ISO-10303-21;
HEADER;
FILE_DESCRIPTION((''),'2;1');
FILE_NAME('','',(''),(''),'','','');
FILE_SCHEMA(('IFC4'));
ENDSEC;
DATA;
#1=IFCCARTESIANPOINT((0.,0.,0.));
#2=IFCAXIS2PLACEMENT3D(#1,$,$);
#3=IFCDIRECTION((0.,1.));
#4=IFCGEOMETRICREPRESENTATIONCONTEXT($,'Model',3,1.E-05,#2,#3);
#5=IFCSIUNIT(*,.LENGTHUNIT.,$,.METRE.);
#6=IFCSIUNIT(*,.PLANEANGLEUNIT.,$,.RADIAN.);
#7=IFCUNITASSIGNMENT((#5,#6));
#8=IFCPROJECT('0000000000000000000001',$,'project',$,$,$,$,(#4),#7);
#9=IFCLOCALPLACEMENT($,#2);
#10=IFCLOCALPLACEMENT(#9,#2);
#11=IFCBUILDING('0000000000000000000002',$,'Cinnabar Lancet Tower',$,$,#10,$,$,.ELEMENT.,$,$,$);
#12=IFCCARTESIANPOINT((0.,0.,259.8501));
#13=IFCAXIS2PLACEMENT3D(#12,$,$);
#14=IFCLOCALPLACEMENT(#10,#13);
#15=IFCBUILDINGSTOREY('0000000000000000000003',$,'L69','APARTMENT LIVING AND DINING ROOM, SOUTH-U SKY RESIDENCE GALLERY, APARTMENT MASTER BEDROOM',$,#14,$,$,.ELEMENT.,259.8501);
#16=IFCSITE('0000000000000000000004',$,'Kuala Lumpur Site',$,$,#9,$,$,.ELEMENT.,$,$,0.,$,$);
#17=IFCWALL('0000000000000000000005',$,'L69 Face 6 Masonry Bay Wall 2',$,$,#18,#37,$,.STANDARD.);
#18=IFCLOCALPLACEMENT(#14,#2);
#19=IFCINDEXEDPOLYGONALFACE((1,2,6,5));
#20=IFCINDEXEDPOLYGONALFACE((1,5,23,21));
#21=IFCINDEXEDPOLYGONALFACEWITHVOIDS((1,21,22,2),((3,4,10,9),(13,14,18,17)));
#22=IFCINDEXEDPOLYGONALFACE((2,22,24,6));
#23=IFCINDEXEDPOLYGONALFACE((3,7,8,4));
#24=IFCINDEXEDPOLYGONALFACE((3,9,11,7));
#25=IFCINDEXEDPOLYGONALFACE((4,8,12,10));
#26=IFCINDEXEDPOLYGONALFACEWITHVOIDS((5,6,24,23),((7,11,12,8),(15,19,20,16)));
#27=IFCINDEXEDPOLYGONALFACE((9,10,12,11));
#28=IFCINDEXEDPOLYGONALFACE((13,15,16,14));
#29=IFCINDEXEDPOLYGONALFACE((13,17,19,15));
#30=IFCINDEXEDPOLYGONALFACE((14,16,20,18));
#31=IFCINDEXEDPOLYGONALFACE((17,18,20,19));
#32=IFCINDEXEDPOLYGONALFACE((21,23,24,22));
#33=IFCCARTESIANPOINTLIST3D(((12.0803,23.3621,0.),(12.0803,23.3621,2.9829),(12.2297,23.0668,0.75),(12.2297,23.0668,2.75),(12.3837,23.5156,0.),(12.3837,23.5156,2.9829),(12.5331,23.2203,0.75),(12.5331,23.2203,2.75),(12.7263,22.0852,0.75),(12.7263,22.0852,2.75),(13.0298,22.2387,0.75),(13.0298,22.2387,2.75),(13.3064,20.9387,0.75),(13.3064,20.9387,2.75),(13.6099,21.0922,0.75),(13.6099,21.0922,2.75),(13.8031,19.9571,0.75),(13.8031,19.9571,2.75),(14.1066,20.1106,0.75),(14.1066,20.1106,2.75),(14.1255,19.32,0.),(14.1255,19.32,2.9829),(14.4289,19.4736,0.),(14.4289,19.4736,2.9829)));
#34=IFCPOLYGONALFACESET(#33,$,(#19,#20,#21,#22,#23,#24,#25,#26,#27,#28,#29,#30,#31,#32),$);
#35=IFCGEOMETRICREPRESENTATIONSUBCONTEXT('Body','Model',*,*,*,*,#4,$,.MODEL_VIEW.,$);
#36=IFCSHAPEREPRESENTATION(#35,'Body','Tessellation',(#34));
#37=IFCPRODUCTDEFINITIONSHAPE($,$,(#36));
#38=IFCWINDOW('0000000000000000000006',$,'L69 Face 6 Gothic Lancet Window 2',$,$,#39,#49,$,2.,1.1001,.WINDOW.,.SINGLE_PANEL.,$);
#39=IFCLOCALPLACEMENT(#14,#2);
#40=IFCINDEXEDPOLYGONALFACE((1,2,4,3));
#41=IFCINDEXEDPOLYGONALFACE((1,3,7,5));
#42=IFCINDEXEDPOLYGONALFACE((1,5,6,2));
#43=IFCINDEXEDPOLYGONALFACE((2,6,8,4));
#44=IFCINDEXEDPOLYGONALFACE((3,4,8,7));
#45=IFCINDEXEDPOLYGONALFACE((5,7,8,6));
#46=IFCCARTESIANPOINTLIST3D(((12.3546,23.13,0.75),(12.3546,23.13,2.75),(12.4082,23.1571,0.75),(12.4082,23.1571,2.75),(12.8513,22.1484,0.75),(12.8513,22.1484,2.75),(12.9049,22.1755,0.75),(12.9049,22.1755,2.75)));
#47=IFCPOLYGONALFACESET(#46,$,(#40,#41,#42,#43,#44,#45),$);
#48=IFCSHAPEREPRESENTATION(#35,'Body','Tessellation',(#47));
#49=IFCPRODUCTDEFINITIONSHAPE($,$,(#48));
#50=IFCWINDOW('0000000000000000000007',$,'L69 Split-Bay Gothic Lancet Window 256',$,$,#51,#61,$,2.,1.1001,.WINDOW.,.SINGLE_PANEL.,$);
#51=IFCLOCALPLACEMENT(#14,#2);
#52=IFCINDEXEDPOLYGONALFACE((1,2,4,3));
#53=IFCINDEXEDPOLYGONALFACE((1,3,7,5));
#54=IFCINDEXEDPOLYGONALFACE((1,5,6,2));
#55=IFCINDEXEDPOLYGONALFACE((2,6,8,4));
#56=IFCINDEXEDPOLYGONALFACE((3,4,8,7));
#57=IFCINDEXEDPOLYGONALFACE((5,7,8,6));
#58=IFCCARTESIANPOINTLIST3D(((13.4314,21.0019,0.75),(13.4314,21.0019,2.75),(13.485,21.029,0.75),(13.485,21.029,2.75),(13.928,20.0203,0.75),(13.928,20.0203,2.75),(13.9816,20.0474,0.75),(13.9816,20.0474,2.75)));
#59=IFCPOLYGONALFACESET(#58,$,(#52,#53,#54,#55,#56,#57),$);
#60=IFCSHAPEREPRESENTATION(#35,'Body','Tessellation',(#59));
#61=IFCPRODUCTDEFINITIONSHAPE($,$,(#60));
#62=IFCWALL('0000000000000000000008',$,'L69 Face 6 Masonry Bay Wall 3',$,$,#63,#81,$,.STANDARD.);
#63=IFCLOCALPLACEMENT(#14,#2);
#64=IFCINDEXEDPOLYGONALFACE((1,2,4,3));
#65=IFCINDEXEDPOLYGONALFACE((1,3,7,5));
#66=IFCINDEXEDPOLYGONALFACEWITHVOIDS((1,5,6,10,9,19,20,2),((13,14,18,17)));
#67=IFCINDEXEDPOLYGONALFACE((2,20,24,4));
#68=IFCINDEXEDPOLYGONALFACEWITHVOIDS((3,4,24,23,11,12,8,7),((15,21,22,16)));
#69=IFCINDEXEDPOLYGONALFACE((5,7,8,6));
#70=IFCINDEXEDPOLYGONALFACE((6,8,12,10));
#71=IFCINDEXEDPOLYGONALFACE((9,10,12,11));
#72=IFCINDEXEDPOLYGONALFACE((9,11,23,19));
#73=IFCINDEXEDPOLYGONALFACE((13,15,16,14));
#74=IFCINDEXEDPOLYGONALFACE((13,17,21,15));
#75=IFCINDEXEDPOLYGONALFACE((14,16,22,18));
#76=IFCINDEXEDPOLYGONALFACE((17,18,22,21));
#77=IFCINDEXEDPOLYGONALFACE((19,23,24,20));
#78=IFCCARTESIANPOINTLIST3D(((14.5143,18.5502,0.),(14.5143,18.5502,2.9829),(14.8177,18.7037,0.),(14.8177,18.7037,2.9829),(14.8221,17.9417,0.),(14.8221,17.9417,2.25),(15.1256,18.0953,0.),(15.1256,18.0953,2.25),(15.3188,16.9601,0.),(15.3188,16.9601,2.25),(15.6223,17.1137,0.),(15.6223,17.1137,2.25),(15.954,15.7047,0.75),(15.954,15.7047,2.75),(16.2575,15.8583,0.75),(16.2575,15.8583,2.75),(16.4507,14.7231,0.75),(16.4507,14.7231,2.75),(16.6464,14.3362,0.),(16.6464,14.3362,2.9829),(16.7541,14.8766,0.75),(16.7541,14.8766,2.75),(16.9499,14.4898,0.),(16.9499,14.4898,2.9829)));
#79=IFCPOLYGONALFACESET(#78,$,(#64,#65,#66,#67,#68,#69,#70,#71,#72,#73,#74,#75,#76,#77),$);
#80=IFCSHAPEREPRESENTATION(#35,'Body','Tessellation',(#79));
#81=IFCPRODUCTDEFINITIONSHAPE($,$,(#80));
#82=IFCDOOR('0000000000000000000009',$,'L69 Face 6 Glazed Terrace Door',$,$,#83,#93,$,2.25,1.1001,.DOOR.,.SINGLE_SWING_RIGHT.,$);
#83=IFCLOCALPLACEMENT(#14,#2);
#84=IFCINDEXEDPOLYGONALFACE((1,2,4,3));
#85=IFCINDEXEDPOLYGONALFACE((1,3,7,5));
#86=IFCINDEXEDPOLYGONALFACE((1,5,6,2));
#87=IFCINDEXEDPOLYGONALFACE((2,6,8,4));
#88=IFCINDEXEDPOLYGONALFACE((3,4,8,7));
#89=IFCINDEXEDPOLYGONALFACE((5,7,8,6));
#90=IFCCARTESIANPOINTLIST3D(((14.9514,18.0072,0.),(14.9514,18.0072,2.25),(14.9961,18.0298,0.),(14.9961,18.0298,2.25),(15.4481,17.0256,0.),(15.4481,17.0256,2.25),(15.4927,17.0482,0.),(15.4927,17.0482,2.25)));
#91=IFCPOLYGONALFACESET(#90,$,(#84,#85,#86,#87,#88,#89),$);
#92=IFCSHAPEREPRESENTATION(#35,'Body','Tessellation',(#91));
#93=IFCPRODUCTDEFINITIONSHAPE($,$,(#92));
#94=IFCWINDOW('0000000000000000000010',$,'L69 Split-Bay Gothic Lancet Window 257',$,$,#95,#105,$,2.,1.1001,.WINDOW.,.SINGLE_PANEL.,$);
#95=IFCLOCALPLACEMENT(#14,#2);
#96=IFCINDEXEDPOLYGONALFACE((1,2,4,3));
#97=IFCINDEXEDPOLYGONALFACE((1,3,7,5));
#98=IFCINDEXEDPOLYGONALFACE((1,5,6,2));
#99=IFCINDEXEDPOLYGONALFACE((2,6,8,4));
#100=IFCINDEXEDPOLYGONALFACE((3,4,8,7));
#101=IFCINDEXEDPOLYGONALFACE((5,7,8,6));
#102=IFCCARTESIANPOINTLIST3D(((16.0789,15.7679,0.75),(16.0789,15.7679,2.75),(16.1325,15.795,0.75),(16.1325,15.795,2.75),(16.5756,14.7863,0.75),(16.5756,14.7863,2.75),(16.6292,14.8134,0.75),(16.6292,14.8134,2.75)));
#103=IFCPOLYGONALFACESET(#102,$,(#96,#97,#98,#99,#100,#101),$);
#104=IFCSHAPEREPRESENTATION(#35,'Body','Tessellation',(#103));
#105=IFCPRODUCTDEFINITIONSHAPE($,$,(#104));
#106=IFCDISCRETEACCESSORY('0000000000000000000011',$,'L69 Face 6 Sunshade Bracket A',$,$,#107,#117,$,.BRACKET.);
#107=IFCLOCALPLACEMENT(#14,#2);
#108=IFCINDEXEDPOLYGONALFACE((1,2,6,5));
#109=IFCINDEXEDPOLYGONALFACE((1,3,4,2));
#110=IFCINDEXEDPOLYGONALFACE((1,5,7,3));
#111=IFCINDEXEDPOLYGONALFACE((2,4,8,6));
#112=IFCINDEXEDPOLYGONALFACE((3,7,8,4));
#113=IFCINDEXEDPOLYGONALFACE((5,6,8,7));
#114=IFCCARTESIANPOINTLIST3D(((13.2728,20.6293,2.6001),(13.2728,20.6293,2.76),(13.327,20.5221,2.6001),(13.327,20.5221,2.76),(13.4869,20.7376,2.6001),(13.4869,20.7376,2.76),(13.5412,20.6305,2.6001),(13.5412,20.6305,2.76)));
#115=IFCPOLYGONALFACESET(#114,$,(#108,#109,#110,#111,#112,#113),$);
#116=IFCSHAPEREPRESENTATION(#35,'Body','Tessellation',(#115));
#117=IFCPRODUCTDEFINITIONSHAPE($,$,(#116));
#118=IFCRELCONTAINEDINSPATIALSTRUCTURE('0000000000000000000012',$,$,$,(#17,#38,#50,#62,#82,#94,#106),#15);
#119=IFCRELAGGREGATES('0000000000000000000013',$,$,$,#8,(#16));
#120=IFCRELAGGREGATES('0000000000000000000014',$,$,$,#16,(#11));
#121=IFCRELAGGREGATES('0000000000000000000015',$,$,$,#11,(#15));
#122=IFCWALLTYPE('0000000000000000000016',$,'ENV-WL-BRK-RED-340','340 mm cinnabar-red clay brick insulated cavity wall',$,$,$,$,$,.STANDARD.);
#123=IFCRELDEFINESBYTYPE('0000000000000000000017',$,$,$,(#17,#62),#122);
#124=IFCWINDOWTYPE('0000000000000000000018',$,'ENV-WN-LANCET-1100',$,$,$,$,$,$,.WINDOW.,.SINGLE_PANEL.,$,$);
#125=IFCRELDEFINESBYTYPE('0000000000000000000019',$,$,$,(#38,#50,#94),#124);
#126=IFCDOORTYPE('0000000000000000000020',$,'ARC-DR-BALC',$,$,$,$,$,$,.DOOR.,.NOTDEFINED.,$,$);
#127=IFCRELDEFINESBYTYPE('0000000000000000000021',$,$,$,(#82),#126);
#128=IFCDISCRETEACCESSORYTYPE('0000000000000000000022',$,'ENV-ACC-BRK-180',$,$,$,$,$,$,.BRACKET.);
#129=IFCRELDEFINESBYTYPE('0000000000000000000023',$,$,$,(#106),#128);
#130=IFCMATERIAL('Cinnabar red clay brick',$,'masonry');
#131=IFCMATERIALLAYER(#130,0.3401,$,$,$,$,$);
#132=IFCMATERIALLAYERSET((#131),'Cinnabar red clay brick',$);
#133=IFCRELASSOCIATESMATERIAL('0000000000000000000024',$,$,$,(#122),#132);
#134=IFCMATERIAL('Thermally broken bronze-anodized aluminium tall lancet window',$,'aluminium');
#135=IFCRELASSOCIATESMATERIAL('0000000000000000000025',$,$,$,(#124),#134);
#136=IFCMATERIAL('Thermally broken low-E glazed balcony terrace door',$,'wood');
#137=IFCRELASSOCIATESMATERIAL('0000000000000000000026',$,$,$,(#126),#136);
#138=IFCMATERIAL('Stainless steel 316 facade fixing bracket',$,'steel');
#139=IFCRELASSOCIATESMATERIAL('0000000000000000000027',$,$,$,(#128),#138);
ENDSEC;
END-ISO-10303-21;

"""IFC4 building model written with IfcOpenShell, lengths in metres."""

from ifc_helpers import new_model, si_unit, direction, frame, frame_2d, origin, origin_2d, place, context, subcontext, project, spatial, rectangle, extrude, material, layer, layer_set, type_object, element, fill, save


model = new_model("IFC4")

# Units and contexts
model_context = context("Model", 3, precision=1e-05, world=origin(), true_north=direction((0.0, 1.0)))
body_context = subcontext(model_context, "Body", "Model", "MODEL_VIEW")
ifc_project = project(units=[si_unit("LENGTHUNIT", "METRE"), si_unit("PLANEANGLEUNIT", "RADIAN")], contexts=[model_context])

# Site, building, storey
site_placement = place(None, origin())
site = spatial("IfcSite", under=ifc_project, at=site_placement, Name="Kuala Lumpur Site", CompositionType="ELEMENT", RefElevation=0.0)
building_placement = place(site_placement, origin())
building = spatial("IfcBuilding", under=site, at=building_placement, Name="Cinnabar Lancet Tower", CompositionType="ELEMENT")
storey_placement = place(building_placement, frame((0.0, 0.0, 259.8501)))
storey = spatial("IfcBuildingStorey", under=building, at=storey_placement, Name="L69", Description="APARTMENT LIVING AND DINING ROOM, SOUTH-U SKY RESIDENCE GALLERY, APARTMENT MASTER BEDROOM", CompositionType="ELEMENT", Elevation=259.8501)

# Shared definitions
ifc_material_1 = material(Name="Cinnabar red clay brick", Category="masonry")
ifc_layer_1 = layer(ifc_material_1, 0.3401)
ifc_layer_set_1 = layer_set([ifc_layer_1], Name="Cinnabar red clay brick")
wall_type_1 = type_object("IfcWallType", Name="ENV-WL-BRK-RED-340", Description="340 mm cinnabar-red clay brick insulated cavity wall", PredefinedType="STANDARD", material=ifc_layer_set_1)

# Wall, openings, windows
wall_1_placement = place(storey_placement, frame((12.2319, 23.439, 0.0), z_axis=(0.0, 0.0, 1.0), x_axis=(0.451477, -0.892283, 0.0)))
wall_1 = element("IfcWall", 1, at=wall_1_placement, inside=storey, type_object=wall_type_1, Name="L69 Face 6 Masonry Bay Wall 2", PredefinedType="STANDARD", context=body_context, shape_type="SweptSolid", body=[
    extrude(rectangle(XDim=4.53, YDim=0.3401, at=frame_2d((2.2651, 0.0))), origin(), (0.0, 0.0, 1.0), 2.9829),
])
opening_1_placement = place(wall_1_placement, frame((0.3311, 0.0, 0.75)))
opening_1 = element("IfcOpeningElement", 2, at=opening_1_placement, cuts=wall_1, PredefinedType="OPENING", context=body_context, shape_type="SweptSolid", body=[
    extrude(rectangle(XDim=1.1001, YDim=2.0, at=frame_2d((0.55, 1.0))), frame((0.0, 0.1799, 0.0), z_axis=(0.0, -1.0, 0.0), x_axis=(1.0, 0.0, 0.0)), (0.0, 0.0, 1.0), 0.3601),
])
opening_2_placement = place(wall_1_placement, frame((2.7161, 0.0, 0.75)))
opening_2 = element("IfcOpeningElement", 3, at=opening_2_placement, cuts=wall_1, PredefinedType="OPENING", context=body_context, shape_type="SweptSolid", body=[
    extrude(rectangle(XDim=1.1001, YDim=2.0, at=frame_2d((0.55, 1.0))), frame((0.0, 0.1799, 0.0), z_axis=(0.0, -1.0, 0.0), x_axis=(1.0, 0.0, 0.0)), (0.0, 0.0, 1.0), 0.3601),
])
ifc_material_2 = material(Name="Thermally broken bronze-anodized aluminium tall lancet window", Category="aluminium")
window_type = type_object("IfcWindowType", Name="ENV-WN-LANCET-1100", PartitioningType="SINGLE_PANEL", PredefinedType="WINDOW", material=ifc_material_2)
window_1_placement = place(opening_1_placement, origin())
window_1 = element("IfcWindow", 4, at=window_1_placement, inside=storey, type_object=window_type, Name="L69 Face 6 Gothic Lancet Window 2", OverallHeight=2.0, OverallWidth=1.1001, PartitioningType="SINGLE_PANEL", PredefinedType="WINDOW", context=body_context, shape_type="SweptSolid", body=[
    extrude(rectangle(XDim=1.1001, YDim=2.0, at=frame_2d((0.55, 1.0))), frame((0.0, 0.03, 0.0), z_axis=(0.0, -1.0, 0.0), x_axis=(1.0, 0.0, 0.0)), (0.0, 0.0, 1.0), 0.0601),
])
fill(opening_1, window_1)
window_2_placement = place(opening_2_placement, origin())
window_2 = element("IfcWindow", 5, at=window_2_placement, inside=storey, type_object=window_type, Name="L69 Split-Bay Gothic Lancet Window 256", OverallHeight=2.0, OverallWidth=1.1001, PartitioningType="SINGLE_PANEL", PredefinedType="WINDOW", context=body_context, shape_type="SweptSolid", body=[
    extrude(rectangle(XDim=1.1001, YDim=2.0, at=frame_2d((0.55, 1.0))), frame((0.0, 0.03, 0.0), z_axis=(0.0, -1.0, 0.0), x_axis=(1.0, 0.0, 0.0)), (0.0, 0.0, 1.0), 0.0601),
])
fill(opening_2, window_2)

# Wall, openings, door, window
wall_2_placement = place(storey_placement, frame((14.666, 18.627, 0.0), z_axis=(0.0, 0.0, 1.0), x_axis=(0.451468, -0.892287, 0.0)))
wall_2 = element("IfcWall", 6, at=wall_2_placement, inside=storey, type_object=wall_type_1, Name="L69 Face 6 Masonry Bay Wall 3", PredefinedType="STANDARD", context=body_context, shape_type="SweptSolid", body=[
    extrude(rectangle(XDim=4.7227, YDim=0.3401, at=frame_2d((2.3613, 0.0))), origin(), (0.0, 0.0, 1.0), 2.9829),
])
opening_3_placement = place(wall_2_placement, frame((0.6819, 0.0, 0.0)))
opening_3 = element("IfcOpeningElement", 7, at=opening_3_placement, cuts=wall_2, PredefinedType="OPENING", context=body_context, shape_type="SweptSolid", body=[
    extrude(rectangle(XDim=1.1001, YDim=2.25, at=frame_2d((0.55, 1.125))), frame((0.0, 0.1799, 0.0), z_axis=(0.0, -1.0, 0.0), x_axis=(1.0, 0.0, 0.0)), (0.0, 0.0, 1.0), 0.3601),
])
opening_4_placement = place(wall_2_placement, frame((3.189, 0.0, 0.75)))
opening_4 = element("IfcOpeningElement", 8, at=opening_4_placement, cuts=wall_2, PredefinedType="OPENING", context=body_context, shape_type="SweptSolid", body=[
    extrude(rectangle(XDim=1.1001, YDim=2.0, at=frame_2d((0.55, 1.0))), frame((0.0, 0.1799, 0.0), z_axis=(0.0, -1.0, 0.0), x_axis=(1.0, 0.0, 0.0)), (0.0, 0.0, 1.0), 0.3601),
])
ifc_material_3 = material(Name="Thermally broken low-E glazed balcony terrace door", Category="wood")
door_type_1 = type_object("IfcDoorType", Name="ARC-DR-BALC", OperationType="NOTDEFINED", PredefinedType="DOOR", material=ifc_material_3)
door_1_placement = place(opening_3_placement, origin())
door_1 = element("IfcDoor", 9, at=door_1_placement, inside=storey, type_object=door_type_1, Name="L69 Face 6 Glazed Terrace Door", OperationType="SINGLE_SWING_RIGHT", OverallHeight=2.25, OverallWidth=1.1001, PredefinedType="DOOR", context=body_context, shape_type="SweptSolid", body=[
    extrude(rectangle(XDim=1.1001, YDim=2.25, at=frame_2d((0.55, 1.125))), frame((0.0, 0.0249, 0.0), z_axis=(0.0, -1.0, 0.0), x_axis=(1.0, 0.0, 0.0)), (0.0, 0.0, 1.0), 0.05),
])
fill(opening_3, door_1)
window_3_placement = place(opening_4_placement, origin())
window_3 = element("IfcWindow", 10, at=window_3_placement, inside=storey, type_object=window_type, Name="L69 Split-Bay Gothic Lancet Window 257", OverallHeight=2.0, OverallWidth=1.1001, PartitioningType="SINGLE_PANEL", PredefinedType="WINDOW", context=body_context, shape_type="SweptSolid", body=[
    extrude(rectangle(XDim=1.1001, YDim=2.0, at=frame_2d((0.55, 1.0))), frame((0.0, 0.03, 0.0), z_axis=(0.0, -1.0, 0.0), x_axis=(1.0, 0.0, 0.0)), (0.0, 0.0, 1.0), 0.0601),
])
fill(opening_4, window_3)

# Discrete accessory
ifc_material_4 = material(Name="Stainless steel 316 facade fixing bracket", Category="steel")
discrete_accessory_type = type_object("IfcDiscreteAccessoryType", Name="ENV-ACC-BRK-180", PredefinedType="BRACKET", material=ifc_material_4)
discrete_accessory_placement = place(storey_placement, frame((13.407, 20.6299, 2.6001), z_axis=(0.0, 0.0, 1.0), x_axis=(0.451376, -0.892334, 0.0)))
element("IfcDiscreteAccessory", 11, at=discrete_accessory_placement, inside=storey, type_object=discrete_accessory_type, Name="L69 Face 6 Sunshade Bracket A", PredefinedType="BRACKET", context=body_context, shape_type="SweptSolid", body=[
    extrude(rectangle(XDim=0.1201, YDim=0.24, at=origin_2d()), origin(), (0.0, 0.0, 1.0), 0.1599),
])

save(model, "model.ifc")
